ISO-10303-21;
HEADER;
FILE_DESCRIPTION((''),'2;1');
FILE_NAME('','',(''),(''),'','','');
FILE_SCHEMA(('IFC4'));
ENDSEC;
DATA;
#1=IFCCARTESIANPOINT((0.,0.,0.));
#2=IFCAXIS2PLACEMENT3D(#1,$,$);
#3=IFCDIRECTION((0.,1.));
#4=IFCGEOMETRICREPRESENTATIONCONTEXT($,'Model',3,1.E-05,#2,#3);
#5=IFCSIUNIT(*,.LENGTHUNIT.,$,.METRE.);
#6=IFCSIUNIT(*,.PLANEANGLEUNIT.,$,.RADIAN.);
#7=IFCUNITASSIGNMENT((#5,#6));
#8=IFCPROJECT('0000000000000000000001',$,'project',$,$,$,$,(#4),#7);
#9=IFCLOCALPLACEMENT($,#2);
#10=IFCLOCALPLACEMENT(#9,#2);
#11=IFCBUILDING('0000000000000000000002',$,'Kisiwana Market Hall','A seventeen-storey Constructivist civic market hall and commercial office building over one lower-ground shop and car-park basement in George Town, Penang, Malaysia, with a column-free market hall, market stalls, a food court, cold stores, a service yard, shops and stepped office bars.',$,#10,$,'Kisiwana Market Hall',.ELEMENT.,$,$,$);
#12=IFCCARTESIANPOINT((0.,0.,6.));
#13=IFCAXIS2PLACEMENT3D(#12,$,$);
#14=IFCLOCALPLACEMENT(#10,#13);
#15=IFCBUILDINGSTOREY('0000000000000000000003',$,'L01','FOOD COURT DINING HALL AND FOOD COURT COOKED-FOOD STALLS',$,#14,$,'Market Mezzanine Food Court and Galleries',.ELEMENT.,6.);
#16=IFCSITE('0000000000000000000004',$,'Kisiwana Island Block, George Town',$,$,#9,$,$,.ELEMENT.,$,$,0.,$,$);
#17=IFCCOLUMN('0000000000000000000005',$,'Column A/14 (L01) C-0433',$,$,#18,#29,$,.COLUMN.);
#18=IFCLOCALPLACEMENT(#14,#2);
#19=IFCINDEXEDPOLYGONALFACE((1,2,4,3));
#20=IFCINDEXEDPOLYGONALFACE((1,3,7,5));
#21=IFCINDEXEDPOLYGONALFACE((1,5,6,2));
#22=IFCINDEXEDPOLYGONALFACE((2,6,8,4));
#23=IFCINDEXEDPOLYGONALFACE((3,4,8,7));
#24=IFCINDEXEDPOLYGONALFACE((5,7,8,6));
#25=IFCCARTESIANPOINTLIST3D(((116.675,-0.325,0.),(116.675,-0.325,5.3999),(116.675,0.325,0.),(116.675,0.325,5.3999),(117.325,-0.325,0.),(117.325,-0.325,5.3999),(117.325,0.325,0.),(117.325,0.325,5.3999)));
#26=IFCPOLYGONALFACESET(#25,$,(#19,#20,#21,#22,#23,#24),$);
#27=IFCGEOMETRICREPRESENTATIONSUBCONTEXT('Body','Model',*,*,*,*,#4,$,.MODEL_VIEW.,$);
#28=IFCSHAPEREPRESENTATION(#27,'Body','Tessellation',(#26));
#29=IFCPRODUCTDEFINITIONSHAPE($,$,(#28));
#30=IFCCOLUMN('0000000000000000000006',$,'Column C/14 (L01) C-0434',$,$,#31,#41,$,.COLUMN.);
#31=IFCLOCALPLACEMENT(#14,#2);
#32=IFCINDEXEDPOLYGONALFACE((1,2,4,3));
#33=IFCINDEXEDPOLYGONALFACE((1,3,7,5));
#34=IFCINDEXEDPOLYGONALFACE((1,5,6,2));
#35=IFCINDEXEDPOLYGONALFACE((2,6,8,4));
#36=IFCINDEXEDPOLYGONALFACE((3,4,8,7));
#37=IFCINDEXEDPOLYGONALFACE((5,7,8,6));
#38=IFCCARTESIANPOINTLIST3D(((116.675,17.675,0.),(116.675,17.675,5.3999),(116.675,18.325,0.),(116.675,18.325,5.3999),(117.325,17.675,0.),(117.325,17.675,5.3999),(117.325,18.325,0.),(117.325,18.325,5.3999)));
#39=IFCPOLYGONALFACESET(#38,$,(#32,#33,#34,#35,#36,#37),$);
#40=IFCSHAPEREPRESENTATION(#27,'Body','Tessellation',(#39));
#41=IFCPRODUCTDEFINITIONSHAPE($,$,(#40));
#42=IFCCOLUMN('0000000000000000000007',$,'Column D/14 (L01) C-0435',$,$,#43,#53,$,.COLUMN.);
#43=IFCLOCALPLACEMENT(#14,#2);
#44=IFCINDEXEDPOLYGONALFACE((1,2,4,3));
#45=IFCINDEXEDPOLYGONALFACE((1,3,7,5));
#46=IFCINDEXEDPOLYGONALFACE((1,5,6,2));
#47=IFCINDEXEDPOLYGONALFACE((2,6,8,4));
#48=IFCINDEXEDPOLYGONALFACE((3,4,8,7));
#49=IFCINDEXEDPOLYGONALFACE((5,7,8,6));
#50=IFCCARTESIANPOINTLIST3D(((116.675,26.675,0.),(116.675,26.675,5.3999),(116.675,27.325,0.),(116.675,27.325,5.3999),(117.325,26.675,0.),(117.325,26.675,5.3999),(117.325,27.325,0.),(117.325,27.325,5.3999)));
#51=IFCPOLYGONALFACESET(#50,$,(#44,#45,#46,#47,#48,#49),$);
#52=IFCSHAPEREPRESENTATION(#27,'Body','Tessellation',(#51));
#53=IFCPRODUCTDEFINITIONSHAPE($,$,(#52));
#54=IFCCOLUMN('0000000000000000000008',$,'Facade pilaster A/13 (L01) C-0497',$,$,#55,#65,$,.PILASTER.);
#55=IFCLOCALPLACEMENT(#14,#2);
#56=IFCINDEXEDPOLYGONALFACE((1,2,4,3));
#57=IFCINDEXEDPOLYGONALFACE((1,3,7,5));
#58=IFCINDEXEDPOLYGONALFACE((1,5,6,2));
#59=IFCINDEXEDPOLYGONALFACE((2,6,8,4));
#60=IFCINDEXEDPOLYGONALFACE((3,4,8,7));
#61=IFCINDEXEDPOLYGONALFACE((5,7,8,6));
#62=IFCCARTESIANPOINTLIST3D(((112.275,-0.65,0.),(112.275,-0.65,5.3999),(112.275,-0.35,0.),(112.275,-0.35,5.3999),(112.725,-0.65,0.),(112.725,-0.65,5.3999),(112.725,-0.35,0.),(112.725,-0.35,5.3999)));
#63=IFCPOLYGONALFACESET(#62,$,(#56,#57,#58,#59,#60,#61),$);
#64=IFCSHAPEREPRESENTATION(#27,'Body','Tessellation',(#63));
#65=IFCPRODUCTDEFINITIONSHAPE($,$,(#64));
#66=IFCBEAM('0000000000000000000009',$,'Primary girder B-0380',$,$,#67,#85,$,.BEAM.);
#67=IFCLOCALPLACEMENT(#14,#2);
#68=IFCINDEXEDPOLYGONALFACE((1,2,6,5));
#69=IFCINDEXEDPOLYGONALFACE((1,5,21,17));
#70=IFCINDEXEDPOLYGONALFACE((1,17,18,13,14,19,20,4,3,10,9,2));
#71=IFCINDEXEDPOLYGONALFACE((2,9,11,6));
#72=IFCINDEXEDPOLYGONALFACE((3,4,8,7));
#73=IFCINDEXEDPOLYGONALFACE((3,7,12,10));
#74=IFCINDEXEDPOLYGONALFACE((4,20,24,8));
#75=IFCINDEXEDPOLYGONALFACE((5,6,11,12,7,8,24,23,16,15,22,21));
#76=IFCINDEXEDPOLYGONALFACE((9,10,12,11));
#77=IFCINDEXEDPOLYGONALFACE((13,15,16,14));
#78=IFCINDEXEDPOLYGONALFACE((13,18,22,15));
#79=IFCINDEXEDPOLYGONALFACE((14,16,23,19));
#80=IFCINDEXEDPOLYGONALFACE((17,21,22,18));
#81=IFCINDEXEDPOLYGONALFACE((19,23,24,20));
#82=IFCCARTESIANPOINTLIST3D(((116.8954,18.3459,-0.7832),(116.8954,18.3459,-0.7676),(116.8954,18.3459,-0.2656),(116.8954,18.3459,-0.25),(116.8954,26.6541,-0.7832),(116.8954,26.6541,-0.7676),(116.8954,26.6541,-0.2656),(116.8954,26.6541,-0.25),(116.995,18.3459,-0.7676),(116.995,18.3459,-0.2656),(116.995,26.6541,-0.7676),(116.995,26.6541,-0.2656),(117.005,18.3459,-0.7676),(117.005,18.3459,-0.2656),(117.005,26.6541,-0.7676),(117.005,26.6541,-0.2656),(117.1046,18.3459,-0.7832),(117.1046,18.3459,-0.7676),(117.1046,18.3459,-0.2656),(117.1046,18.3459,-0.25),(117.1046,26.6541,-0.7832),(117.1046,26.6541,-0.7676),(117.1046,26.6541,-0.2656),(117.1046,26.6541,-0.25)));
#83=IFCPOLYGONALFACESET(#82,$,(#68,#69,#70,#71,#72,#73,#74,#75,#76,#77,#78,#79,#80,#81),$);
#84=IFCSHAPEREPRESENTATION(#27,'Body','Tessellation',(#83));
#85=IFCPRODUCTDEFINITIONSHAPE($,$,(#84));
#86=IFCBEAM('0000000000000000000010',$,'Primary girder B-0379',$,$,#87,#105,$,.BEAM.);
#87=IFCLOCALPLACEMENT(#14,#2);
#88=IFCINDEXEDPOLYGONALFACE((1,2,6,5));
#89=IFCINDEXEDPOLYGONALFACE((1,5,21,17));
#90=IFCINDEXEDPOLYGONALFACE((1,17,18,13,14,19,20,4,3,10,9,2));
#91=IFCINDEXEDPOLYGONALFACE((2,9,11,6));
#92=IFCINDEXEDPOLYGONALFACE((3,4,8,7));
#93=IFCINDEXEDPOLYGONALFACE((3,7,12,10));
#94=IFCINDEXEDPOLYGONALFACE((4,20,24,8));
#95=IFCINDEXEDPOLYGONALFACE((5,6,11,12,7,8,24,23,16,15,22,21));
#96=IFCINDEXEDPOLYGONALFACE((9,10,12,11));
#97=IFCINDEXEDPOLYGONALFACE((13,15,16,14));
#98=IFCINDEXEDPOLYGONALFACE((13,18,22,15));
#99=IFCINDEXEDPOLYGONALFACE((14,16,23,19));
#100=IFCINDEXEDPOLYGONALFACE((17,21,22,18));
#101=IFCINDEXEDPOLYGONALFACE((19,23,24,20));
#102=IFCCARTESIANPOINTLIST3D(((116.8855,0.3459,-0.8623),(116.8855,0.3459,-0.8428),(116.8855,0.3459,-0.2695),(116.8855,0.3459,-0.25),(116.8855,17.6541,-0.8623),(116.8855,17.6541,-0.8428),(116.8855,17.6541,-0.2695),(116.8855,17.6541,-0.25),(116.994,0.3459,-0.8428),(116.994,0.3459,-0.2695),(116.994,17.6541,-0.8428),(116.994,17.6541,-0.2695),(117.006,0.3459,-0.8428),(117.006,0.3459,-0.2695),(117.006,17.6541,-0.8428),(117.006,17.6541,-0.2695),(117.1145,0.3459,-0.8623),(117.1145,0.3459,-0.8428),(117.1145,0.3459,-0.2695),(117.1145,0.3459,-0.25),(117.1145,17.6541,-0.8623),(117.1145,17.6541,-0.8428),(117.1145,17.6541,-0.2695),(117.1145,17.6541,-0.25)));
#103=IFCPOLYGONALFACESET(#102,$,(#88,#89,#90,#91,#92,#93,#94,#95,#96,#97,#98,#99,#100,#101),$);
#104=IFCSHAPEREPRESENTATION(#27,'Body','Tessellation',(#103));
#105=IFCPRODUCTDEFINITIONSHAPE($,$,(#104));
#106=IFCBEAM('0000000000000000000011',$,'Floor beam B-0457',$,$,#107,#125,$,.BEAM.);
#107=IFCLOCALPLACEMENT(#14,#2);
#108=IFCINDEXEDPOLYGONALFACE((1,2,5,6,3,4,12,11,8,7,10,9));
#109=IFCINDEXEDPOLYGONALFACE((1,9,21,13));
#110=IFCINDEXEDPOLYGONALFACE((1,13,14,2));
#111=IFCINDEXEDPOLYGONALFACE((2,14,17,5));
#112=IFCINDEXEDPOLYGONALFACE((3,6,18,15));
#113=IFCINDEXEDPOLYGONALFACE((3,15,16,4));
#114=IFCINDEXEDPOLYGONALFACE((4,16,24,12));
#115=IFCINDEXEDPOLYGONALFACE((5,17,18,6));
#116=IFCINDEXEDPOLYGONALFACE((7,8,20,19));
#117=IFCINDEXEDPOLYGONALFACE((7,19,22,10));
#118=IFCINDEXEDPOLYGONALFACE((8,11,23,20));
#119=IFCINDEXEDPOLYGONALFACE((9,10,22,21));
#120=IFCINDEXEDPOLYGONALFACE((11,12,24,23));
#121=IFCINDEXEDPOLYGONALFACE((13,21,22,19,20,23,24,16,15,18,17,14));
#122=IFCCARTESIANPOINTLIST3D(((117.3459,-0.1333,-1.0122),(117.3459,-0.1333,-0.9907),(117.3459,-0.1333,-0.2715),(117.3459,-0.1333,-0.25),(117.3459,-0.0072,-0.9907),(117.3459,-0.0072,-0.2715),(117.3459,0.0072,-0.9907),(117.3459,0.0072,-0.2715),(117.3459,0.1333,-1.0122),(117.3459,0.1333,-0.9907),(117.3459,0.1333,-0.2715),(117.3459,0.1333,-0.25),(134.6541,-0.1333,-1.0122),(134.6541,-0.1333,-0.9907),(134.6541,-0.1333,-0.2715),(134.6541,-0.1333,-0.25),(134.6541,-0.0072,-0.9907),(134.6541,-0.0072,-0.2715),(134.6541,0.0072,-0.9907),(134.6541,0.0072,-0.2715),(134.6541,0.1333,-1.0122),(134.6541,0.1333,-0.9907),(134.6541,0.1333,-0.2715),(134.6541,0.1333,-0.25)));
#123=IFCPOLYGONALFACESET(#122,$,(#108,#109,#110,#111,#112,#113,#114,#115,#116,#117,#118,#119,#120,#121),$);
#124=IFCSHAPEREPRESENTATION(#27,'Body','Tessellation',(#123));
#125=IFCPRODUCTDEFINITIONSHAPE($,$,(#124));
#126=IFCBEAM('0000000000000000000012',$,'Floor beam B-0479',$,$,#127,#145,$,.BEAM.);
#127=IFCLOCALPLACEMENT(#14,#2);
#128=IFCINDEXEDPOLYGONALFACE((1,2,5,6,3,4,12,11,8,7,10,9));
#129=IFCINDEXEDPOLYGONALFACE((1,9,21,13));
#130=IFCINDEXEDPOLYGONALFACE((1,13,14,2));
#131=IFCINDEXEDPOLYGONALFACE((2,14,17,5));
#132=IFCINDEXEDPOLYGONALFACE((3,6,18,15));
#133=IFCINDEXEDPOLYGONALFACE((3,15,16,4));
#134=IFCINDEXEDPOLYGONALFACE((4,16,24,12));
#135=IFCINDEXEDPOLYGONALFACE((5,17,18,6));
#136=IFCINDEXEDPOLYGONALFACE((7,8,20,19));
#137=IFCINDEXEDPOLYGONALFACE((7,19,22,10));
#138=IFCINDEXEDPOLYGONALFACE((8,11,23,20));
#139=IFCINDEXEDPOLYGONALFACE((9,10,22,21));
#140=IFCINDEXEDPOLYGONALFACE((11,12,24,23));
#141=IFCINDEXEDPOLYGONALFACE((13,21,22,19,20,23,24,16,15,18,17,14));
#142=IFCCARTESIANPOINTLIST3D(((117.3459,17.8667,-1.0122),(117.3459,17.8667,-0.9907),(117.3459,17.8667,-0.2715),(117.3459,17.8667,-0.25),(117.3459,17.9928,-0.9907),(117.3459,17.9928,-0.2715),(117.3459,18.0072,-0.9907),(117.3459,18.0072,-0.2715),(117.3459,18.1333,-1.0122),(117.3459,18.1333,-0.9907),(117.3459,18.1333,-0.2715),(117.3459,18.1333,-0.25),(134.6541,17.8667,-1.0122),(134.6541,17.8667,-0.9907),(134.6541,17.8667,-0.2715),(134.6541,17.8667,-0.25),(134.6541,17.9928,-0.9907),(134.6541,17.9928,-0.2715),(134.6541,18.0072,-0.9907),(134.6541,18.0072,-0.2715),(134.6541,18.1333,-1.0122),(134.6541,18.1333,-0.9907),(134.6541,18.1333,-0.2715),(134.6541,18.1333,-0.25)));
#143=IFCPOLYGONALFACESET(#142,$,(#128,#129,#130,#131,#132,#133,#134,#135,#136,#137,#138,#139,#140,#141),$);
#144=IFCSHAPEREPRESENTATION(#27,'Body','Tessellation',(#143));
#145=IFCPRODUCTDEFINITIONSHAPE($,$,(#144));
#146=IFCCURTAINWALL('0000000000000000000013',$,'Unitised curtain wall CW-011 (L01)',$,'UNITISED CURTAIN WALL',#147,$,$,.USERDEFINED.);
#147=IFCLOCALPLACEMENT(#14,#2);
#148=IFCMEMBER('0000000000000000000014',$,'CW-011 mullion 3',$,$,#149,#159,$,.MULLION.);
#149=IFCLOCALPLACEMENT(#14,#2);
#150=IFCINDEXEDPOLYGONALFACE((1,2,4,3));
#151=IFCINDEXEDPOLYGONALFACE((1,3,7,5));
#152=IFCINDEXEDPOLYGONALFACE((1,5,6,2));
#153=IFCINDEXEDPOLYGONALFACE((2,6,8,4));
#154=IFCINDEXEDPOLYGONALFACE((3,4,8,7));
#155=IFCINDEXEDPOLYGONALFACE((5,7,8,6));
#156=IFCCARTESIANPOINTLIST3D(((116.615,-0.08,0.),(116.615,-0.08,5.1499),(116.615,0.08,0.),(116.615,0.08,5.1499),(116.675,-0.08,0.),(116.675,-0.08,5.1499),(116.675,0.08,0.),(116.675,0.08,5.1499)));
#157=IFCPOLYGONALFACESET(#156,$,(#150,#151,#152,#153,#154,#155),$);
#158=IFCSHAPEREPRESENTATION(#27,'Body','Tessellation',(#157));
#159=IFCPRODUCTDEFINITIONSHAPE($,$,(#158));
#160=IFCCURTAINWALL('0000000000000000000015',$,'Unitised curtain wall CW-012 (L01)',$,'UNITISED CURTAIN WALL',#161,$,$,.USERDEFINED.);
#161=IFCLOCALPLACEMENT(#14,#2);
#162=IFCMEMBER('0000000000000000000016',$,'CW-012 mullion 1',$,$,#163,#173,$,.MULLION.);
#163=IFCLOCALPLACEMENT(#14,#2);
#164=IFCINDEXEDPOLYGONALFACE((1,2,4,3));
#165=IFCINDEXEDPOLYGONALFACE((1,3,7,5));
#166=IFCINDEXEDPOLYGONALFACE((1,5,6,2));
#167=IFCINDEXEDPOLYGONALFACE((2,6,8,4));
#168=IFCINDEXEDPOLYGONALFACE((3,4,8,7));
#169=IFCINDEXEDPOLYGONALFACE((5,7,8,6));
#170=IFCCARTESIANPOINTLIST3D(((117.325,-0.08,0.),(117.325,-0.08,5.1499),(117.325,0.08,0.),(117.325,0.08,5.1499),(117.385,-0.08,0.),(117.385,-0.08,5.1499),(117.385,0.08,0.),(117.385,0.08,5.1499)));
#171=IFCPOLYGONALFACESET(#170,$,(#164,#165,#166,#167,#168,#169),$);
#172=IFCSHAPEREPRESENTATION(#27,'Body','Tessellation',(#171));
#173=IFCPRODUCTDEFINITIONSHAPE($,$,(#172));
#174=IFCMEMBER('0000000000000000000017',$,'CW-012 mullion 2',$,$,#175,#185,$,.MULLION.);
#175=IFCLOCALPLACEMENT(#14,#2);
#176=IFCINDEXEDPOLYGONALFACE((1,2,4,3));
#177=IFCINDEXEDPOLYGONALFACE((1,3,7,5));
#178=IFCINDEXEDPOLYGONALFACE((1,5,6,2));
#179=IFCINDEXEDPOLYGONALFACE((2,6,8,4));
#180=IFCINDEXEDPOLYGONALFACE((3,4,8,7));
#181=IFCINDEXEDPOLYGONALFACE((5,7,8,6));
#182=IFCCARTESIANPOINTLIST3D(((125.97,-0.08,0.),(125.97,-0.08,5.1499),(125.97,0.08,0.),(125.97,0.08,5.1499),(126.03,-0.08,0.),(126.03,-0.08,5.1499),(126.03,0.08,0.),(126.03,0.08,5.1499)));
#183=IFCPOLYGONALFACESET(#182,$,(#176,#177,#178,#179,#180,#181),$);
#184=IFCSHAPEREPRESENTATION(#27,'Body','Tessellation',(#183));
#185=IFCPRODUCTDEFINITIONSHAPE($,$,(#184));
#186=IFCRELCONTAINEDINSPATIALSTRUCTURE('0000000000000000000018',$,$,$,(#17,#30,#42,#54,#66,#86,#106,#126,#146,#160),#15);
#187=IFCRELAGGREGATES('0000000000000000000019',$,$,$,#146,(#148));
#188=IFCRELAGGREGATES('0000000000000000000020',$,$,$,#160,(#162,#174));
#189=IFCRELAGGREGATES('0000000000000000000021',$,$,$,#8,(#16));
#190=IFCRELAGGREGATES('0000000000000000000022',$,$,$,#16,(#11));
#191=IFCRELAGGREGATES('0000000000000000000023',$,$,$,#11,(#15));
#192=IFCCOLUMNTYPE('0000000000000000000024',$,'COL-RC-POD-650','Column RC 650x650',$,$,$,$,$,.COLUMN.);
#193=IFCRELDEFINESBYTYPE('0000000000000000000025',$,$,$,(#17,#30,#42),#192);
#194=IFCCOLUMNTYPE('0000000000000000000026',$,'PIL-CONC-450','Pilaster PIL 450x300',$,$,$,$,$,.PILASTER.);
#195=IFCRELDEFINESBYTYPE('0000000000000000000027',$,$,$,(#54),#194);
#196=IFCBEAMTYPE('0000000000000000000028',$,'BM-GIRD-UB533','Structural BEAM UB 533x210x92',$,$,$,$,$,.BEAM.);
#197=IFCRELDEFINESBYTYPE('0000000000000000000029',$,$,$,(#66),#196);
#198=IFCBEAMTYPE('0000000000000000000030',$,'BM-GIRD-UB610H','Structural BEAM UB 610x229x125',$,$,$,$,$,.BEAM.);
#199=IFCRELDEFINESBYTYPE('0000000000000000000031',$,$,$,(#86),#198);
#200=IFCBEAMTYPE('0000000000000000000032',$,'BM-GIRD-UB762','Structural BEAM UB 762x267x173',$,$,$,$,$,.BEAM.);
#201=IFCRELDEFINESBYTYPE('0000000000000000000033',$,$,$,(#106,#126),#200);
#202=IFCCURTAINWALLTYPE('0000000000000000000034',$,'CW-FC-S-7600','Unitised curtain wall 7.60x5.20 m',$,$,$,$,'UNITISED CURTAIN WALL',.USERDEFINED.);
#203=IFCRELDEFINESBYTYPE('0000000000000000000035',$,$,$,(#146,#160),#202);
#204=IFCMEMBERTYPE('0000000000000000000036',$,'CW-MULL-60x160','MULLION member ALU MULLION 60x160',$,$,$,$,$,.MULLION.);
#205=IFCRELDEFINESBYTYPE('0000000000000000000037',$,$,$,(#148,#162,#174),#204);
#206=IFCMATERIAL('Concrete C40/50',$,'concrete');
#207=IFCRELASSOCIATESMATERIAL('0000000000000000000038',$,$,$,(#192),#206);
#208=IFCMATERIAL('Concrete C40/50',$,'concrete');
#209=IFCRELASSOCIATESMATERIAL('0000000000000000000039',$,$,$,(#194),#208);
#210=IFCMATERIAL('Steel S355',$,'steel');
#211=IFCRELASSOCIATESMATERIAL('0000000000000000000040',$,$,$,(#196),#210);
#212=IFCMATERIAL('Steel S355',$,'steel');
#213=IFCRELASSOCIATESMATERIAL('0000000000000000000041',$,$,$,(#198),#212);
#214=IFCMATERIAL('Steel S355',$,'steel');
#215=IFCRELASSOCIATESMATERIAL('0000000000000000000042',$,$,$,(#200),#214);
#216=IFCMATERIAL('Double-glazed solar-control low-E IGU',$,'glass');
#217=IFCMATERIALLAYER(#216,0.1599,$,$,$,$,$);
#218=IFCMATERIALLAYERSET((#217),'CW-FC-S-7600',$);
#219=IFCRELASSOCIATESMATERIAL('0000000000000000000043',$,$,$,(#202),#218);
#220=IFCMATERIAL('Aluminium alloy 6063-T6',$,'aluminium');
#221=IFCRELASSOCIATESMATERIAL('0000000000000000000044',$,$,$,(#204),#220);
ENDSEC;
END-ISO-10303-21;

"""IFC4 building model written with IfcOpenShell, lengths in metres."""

from ifc_helpers import new_model, si_unit, direction, frame, origin, origin_2d, place, context, subcontext, project, spatial, rectangle, i_section, extrude, material, layer, layer_set, material_profile, profile_set, type_object, element, aggregate, save


model = new_model("IFC4")

# Units and contexts
model_context = context("Model", 3, precision=1e-05, world=origin(), true_north=direction((0.0, 1.0)))
body_context = subcontext(model_context, "Body", "Model", "MODEL_VIEW")
ifc_project = project(units=[si_unit("LENGTHUNIT", "METRE"), si_unit("PLANEANGLEUNIT", "RADIAN")], contexts=[model_context])

# Site, building, storey
site_placement = place(None, origin())
site = spatial("IfcSite", under=ifc_project, at=site_placement, Name="Kisiwana Island Block, George Town", CompositionType="ELEMENT", RefElevation=0.0)
building_placement = place(site_placement, origin())
building = spatial("IfcBuilding", under=site, at=building_placement, Name="Kisiwana Market Hall", Description="A seventeen-storey Constructivist civic market hall and commercial office building over one lower-ground shop and car-park basement in George Town, Penang, Malaysia, with a column-free market hall, market stalls, a food court, cold stores, a service yard, shops and stepped office bars.", LongName="Kisiwana Market Hall", CompositionType="ELEMENT")
storey_placement = place(building_placement, frame((0.0, 0.0, 6.0)))
storey = spatial("IfcBuildingStorey", under=building, at=storey_placement, Name="L01", Description="FOOD COURT DINING HALL AND FOOD COURT COOKED-FOOD STALLS", LongName="Market Mezzanine Food Court and Galleries", CompositionType="ELEMENT", Elevation=6.0)

# Columns
ifc_material_1 = material(Name="Concrete C40/50", Category="concrete")
ifc_material_profile_1 = material_profile(ifc_material_1, rectangle(XDim=0.6499, YDim=0.6499, at=origin_2d()), Name="RC 650x650")
ifc_profile_set_1 = profile_set([ifc_material_profile_1], Name="Concrete C40/50")
column_type_1 = type_object("IfcColumnType", Name="COL-RC-POD-650", Description="Column RC 650x650", PredefinedType="COLUMN", material=ifc_profile_set_1)
for number, where, z_axis, x_axis, name in (
    (1, (117.0, 0.0, 0.0), (0.0, 0.0, 1.0), (1.0, 0.0, 0.0), "Column A/14 (L01) C-0433"),
    (2, (117.0, 18.0, 0.0), (0.0, 0.0, 1.0), (1.0, 0.0, 0.0), "Column C/14 (L01) C-0434"),
    (3, (117.0, 27.0, 0.0), (0.0, 0.0, 1.0), (1.0, 0.0, 0.0), "Column D/14 (L01) C-0435"),
):
    element("IfcColumn", number, at=place(storey_placement, frame(where, z_axis=z_axis, x_axis=x_axis)), inside=storey, type_object=column_type_1, Name=name, PredefinedType="COLUMN", context=body_context, shape_type="SweptSolid", body=[
        extrude(rectangle(XDim=0.6499, YDim=0.6499, at=origin_2d()), origin(), (0.0, 0.0, 1.0), 5.3999),
    ])
ifc_material_2 = material(Name="Concrete C40/50", Category="concrete")
ifc_material_profile_2 = material_profile(ifc_material_2, rectangle(XDim=0.45, YDim=0.3, at=origin_2d()), Name="PIL 450x300")
ifc_profile_set_2 = profile_set([ifc_material_profile_2], Name="Concrete C40/50")
column_type_2 = type_object("IfcColumnType", Name="PIL-CONC-450", Description="Pilaster PIL 450x300", PredefinedType="PILASTER", material=ifc_profile_set_2)
column_placement = place(storey_placement, frame((112.5, -0.5, 0.0), z_axis=(0.0, 0.0, 1.0), x_axis=(1.0, 0.0, 0.0)))
element("IfcColumn", 4, at=column_placement, inside=storey, type_object=column_type_2, Name="Facade pilaster A/13 (L01) C-0497", PredefinedType="PILASTER", context=body_context, shape_type="SweptSolid", body=[
    extrude(rectangle(XDim=0.45, YDim=0.3, at=origin_2d()), origin(), (0.0, 0.0, 1.0), 5.3999),
])

# Beams
ifc_material_3 = material(Name="Steel S355", Category="steel")
ifc_material_profile_3 = material_profile(ifc_material_3, i_section(OverallWidth=0.2092, OverallDepth=0.5332, WebThickness=0.01, FlangeThickness=0.0156, at=origin_2d()), Name="UB 533x210x92")
ifc_profile_set_3 = profile_set([ifc_material_profile_3], Name="Steel S355")
beam_type_1 = type_object("IfcBeamType", Name="BM-GIRD-UB533", Description="Structural BEAM UB 533x210x92", PredefinedType="BEAM", material=ifc_profile_set_3)
beam_1_placement = place(storey_placement, frame((117.0, 18.3459, -0.5166), z_axis=(0.0, 1.0, 0.0), x_axis=(-1.0, 0.0, 0.0)))
element("IfcBeam", 5, at=beam_1_placement, inside=storey, type_object=beam_type_1, Name="Primary girder B-0380", PredefinedType="BEAM", context=body_context, shape_type="SweptSolid", body=[
    extrude(i_section(OverallWidth=0.2092, OverallDepth=0.5332, WebThickness=0.01, FlangeThickness=0.0156, at=origin_2d()), origin(), (0.0, 0.0, 1.0), 8.3081),
])
ifc_material_4 = material(Name="Steel S355", Category="steel")
ifc_material_profile_4 = material_profile(ifc_material_4, i_section(OverallWidth=0.229, OverallDepth=0.6123, WebThickness=0.012, FlangeThickness=0.0195, at=origin_2d()), Name="UB 610x229x125")
ifc_profile_set_4 = profile_set([ifc_material_profile_4], Name="Steel S355")
beam_type_2 = type_object("IfcBeamType", Name="BM-GIRD-UB610H", Description="Structural BEAM UB 610x229x125", PredefinedType="BEAM", material=ifc_profile_set_4)
beam_2_placement = place(storey_placement, frame((117.0, 0.3459, -0.5562), z_axis=(0.0, 1.0, 0.0), x_axis=(-1.0, 0.0, 0.0)))
element("IfcBeam", 6, at=beam_2_placement, inside=storey, type_object=beam_type_2, Name="Primary girder B-0379", PredefinedType="BEAM", context=body_context, shape_type="SweptSolid", body=[
    extrude(i_section(OverallWidth=0.229, OverallDepth=0.6123, WebThickness=0.012, FlangeThickness=0.0195, at=origin_2d()), origin(), (0.0, 0.0, 1.0), 17.3081),
])
ifc_material_5 = material(Name="Steel S355", Category="steel")
ifc_material_profile_5 = material_profile(ifc_material_5, i_section(OverallWidth=0.2666, OverallDepth=0.7622, WebThickness=0.0144, FlangeThickness=0.0215, at=origin_2d()), Name="UB 762x267x173")
ifc_profile_set_5 = profile_set([ifc_material_profile_5], Name="Steel S355")
beam_type_3 = type_object("IfcBeamType", Name="BM-GIRD-UB762", Description="Structural BEAM UB 762x267x173", PredefinedType="BEAM", material=ifc_profile_set_5)
for number, where, z_axis, x_axis, name in (
    (7, (117.3459, 0.0, -0.6311), (1.0, 0.0, 0.0), (0.0, 1.0, 0.0), "Floor beam B-0457"),
    (8, (117.3459, 18.0, -0.6311), (1.0, 0.0, 0.0), (0.0, 1.0, 0.0), "Floor beam B-0479"),
):
    element("IfcBeam", number, at=place(storey_placement, frame(where, z_axis=z_axis, x_axis=x_axis)), inside=storey, type_object=beam_type_3, Name=name, PredefinedType="BEAM", context=body_context, shape_type="SweptSolid", body=[
        extrude(i_section(OverallWidth=0.2666, OverallDepth=0.7622, WebThickness=0.0144, FlangeThickness=0.0215, at=origin_2d()), origin(), (0.0, 0.0, 1.0), 17.3081),
    ])

# Curtain wall, member
ifc_material_6 = material(Name="Double-glazed solar-control low-E IGU", Category="glass")
ifc_layer_1 = layer(ifc_material_6, 0.1599)
ifc_layer_set_1 = layer_set([ifc_layer_1], Name="CW-FC-S-7600")
curtain_wall_type = type_object("IfcCurtainWallType", Name="CW-FC-S-7600", Description="Unitised curtain wall 7.60x5.20 m", ElementType="UNITISED CURTAIN WALL", PredefinedType="USERDEFINED", material=ifc_layer_set_1)
curtain_wall_1_placement = place(storey_placement, origin())
curtain_wall_1 = element("IfcCurtainWall", 9, at=curtain_wall_1_placement, inside=storey, type_object=curtain_wall_type, Name="Unitised curtain wall CW-011 (L01)", ObjectType="UNITISED CURTAIN WALL", PredefinedType="USERDEFINED")
ifc_material_7 = material(Name="Aluminium alloy 6063-T6", Category="aluminium")
ifc_material_profile_6 = material_profile(ifc_material_7, rectangle(XDim=0.0601, YDim=0.1599, at=origin_2d()), Name="ALU MULLION 60x160")
ifc_profile_set_6 = profile_set([ifc_material_profile_6], Name="Aluminium alloy 6063-T6")
member_type_1 = type_object("IfcMemberType", Name="CW-MULL-60x160", Description="MULLION member ALU MULLION 60x160", PredefinedType="MULLION", material=ifc_profile_set_6)
member_1_placement = place(storey_placement, frame((116.645, 0.0, 0.0), z_axis=(0.0, 0.0, 1.0), x_axis=(1.0, 0.0, 0.0)))
member_1 = element("IfcMember", 10, at=member_1_placement, type_object=member_type_1, Name="CW-011 mullion 3", PredefinedType="MULLION", context=body_context, shape_type="SweptSolid", body=[
    extrude(rectangle(XDim=0.0601, YDim=0.1599, at=origin_2d()), origin(), (0.0, 0.0, 1.0), 5.1499),
])

# Curtain wall, members
curtain_wall_2_placement = place(storey_placement, origin())
curtain_wall_2 = element("IfcCurtainWall", 11, at=curtain_wall_2_placement, inside=storey, type_object=curtain_wall_type, Name="Unitised curtain wall CW-012 (L01)", ObjectType="UNITISED CURTAIN WALL", PredefinedType="USERDEFINED")
member_2_placement = place(storey_placement, frame((117.355, 0.0, 0.0), z_axis=(0.0, 0.0, 1.0), x_axis=(1.0, 0.0, 0.0)))
member_2 = element("IfcMember", 12, at=member_2_placement, type_object=member_type_1, Name="CW-012 mullion 1", PredefinedType="MULLION", context=body_context, shape_type="SweptSolid", body=[
    extrude(rectangle(XDim=0.0601, YDim=0.1599, at=origin_2d()), origin(), (0.0, 0.0, 1.0), 5.1499),
])
member_3_placement = place(storey_placement, frame((126.0, 0.0, 0.0), z_axis=(0.0, 0.0, 1.0), x_axis=(1.0, 0.0, 0.0)))
member_3 = element("IfcMember", 13, at=member_3_placement, type_object=member_type_1, Name="CW-012 mullion 2", PredefinedType="MULLION", context=body_context, shape_type="SweptSolid", body=[
    extrude(rectangle(XDim=0.0601, YDim=0.1599, at=origin_2d()), origin(), (0.0, 0.0, 1.0), 5.1499),
])

aggregate(curtain_wall_1, [member_1])
aggregate(curtain_wall_2, [member_2, member_3])

save(model, "model.ifc")
